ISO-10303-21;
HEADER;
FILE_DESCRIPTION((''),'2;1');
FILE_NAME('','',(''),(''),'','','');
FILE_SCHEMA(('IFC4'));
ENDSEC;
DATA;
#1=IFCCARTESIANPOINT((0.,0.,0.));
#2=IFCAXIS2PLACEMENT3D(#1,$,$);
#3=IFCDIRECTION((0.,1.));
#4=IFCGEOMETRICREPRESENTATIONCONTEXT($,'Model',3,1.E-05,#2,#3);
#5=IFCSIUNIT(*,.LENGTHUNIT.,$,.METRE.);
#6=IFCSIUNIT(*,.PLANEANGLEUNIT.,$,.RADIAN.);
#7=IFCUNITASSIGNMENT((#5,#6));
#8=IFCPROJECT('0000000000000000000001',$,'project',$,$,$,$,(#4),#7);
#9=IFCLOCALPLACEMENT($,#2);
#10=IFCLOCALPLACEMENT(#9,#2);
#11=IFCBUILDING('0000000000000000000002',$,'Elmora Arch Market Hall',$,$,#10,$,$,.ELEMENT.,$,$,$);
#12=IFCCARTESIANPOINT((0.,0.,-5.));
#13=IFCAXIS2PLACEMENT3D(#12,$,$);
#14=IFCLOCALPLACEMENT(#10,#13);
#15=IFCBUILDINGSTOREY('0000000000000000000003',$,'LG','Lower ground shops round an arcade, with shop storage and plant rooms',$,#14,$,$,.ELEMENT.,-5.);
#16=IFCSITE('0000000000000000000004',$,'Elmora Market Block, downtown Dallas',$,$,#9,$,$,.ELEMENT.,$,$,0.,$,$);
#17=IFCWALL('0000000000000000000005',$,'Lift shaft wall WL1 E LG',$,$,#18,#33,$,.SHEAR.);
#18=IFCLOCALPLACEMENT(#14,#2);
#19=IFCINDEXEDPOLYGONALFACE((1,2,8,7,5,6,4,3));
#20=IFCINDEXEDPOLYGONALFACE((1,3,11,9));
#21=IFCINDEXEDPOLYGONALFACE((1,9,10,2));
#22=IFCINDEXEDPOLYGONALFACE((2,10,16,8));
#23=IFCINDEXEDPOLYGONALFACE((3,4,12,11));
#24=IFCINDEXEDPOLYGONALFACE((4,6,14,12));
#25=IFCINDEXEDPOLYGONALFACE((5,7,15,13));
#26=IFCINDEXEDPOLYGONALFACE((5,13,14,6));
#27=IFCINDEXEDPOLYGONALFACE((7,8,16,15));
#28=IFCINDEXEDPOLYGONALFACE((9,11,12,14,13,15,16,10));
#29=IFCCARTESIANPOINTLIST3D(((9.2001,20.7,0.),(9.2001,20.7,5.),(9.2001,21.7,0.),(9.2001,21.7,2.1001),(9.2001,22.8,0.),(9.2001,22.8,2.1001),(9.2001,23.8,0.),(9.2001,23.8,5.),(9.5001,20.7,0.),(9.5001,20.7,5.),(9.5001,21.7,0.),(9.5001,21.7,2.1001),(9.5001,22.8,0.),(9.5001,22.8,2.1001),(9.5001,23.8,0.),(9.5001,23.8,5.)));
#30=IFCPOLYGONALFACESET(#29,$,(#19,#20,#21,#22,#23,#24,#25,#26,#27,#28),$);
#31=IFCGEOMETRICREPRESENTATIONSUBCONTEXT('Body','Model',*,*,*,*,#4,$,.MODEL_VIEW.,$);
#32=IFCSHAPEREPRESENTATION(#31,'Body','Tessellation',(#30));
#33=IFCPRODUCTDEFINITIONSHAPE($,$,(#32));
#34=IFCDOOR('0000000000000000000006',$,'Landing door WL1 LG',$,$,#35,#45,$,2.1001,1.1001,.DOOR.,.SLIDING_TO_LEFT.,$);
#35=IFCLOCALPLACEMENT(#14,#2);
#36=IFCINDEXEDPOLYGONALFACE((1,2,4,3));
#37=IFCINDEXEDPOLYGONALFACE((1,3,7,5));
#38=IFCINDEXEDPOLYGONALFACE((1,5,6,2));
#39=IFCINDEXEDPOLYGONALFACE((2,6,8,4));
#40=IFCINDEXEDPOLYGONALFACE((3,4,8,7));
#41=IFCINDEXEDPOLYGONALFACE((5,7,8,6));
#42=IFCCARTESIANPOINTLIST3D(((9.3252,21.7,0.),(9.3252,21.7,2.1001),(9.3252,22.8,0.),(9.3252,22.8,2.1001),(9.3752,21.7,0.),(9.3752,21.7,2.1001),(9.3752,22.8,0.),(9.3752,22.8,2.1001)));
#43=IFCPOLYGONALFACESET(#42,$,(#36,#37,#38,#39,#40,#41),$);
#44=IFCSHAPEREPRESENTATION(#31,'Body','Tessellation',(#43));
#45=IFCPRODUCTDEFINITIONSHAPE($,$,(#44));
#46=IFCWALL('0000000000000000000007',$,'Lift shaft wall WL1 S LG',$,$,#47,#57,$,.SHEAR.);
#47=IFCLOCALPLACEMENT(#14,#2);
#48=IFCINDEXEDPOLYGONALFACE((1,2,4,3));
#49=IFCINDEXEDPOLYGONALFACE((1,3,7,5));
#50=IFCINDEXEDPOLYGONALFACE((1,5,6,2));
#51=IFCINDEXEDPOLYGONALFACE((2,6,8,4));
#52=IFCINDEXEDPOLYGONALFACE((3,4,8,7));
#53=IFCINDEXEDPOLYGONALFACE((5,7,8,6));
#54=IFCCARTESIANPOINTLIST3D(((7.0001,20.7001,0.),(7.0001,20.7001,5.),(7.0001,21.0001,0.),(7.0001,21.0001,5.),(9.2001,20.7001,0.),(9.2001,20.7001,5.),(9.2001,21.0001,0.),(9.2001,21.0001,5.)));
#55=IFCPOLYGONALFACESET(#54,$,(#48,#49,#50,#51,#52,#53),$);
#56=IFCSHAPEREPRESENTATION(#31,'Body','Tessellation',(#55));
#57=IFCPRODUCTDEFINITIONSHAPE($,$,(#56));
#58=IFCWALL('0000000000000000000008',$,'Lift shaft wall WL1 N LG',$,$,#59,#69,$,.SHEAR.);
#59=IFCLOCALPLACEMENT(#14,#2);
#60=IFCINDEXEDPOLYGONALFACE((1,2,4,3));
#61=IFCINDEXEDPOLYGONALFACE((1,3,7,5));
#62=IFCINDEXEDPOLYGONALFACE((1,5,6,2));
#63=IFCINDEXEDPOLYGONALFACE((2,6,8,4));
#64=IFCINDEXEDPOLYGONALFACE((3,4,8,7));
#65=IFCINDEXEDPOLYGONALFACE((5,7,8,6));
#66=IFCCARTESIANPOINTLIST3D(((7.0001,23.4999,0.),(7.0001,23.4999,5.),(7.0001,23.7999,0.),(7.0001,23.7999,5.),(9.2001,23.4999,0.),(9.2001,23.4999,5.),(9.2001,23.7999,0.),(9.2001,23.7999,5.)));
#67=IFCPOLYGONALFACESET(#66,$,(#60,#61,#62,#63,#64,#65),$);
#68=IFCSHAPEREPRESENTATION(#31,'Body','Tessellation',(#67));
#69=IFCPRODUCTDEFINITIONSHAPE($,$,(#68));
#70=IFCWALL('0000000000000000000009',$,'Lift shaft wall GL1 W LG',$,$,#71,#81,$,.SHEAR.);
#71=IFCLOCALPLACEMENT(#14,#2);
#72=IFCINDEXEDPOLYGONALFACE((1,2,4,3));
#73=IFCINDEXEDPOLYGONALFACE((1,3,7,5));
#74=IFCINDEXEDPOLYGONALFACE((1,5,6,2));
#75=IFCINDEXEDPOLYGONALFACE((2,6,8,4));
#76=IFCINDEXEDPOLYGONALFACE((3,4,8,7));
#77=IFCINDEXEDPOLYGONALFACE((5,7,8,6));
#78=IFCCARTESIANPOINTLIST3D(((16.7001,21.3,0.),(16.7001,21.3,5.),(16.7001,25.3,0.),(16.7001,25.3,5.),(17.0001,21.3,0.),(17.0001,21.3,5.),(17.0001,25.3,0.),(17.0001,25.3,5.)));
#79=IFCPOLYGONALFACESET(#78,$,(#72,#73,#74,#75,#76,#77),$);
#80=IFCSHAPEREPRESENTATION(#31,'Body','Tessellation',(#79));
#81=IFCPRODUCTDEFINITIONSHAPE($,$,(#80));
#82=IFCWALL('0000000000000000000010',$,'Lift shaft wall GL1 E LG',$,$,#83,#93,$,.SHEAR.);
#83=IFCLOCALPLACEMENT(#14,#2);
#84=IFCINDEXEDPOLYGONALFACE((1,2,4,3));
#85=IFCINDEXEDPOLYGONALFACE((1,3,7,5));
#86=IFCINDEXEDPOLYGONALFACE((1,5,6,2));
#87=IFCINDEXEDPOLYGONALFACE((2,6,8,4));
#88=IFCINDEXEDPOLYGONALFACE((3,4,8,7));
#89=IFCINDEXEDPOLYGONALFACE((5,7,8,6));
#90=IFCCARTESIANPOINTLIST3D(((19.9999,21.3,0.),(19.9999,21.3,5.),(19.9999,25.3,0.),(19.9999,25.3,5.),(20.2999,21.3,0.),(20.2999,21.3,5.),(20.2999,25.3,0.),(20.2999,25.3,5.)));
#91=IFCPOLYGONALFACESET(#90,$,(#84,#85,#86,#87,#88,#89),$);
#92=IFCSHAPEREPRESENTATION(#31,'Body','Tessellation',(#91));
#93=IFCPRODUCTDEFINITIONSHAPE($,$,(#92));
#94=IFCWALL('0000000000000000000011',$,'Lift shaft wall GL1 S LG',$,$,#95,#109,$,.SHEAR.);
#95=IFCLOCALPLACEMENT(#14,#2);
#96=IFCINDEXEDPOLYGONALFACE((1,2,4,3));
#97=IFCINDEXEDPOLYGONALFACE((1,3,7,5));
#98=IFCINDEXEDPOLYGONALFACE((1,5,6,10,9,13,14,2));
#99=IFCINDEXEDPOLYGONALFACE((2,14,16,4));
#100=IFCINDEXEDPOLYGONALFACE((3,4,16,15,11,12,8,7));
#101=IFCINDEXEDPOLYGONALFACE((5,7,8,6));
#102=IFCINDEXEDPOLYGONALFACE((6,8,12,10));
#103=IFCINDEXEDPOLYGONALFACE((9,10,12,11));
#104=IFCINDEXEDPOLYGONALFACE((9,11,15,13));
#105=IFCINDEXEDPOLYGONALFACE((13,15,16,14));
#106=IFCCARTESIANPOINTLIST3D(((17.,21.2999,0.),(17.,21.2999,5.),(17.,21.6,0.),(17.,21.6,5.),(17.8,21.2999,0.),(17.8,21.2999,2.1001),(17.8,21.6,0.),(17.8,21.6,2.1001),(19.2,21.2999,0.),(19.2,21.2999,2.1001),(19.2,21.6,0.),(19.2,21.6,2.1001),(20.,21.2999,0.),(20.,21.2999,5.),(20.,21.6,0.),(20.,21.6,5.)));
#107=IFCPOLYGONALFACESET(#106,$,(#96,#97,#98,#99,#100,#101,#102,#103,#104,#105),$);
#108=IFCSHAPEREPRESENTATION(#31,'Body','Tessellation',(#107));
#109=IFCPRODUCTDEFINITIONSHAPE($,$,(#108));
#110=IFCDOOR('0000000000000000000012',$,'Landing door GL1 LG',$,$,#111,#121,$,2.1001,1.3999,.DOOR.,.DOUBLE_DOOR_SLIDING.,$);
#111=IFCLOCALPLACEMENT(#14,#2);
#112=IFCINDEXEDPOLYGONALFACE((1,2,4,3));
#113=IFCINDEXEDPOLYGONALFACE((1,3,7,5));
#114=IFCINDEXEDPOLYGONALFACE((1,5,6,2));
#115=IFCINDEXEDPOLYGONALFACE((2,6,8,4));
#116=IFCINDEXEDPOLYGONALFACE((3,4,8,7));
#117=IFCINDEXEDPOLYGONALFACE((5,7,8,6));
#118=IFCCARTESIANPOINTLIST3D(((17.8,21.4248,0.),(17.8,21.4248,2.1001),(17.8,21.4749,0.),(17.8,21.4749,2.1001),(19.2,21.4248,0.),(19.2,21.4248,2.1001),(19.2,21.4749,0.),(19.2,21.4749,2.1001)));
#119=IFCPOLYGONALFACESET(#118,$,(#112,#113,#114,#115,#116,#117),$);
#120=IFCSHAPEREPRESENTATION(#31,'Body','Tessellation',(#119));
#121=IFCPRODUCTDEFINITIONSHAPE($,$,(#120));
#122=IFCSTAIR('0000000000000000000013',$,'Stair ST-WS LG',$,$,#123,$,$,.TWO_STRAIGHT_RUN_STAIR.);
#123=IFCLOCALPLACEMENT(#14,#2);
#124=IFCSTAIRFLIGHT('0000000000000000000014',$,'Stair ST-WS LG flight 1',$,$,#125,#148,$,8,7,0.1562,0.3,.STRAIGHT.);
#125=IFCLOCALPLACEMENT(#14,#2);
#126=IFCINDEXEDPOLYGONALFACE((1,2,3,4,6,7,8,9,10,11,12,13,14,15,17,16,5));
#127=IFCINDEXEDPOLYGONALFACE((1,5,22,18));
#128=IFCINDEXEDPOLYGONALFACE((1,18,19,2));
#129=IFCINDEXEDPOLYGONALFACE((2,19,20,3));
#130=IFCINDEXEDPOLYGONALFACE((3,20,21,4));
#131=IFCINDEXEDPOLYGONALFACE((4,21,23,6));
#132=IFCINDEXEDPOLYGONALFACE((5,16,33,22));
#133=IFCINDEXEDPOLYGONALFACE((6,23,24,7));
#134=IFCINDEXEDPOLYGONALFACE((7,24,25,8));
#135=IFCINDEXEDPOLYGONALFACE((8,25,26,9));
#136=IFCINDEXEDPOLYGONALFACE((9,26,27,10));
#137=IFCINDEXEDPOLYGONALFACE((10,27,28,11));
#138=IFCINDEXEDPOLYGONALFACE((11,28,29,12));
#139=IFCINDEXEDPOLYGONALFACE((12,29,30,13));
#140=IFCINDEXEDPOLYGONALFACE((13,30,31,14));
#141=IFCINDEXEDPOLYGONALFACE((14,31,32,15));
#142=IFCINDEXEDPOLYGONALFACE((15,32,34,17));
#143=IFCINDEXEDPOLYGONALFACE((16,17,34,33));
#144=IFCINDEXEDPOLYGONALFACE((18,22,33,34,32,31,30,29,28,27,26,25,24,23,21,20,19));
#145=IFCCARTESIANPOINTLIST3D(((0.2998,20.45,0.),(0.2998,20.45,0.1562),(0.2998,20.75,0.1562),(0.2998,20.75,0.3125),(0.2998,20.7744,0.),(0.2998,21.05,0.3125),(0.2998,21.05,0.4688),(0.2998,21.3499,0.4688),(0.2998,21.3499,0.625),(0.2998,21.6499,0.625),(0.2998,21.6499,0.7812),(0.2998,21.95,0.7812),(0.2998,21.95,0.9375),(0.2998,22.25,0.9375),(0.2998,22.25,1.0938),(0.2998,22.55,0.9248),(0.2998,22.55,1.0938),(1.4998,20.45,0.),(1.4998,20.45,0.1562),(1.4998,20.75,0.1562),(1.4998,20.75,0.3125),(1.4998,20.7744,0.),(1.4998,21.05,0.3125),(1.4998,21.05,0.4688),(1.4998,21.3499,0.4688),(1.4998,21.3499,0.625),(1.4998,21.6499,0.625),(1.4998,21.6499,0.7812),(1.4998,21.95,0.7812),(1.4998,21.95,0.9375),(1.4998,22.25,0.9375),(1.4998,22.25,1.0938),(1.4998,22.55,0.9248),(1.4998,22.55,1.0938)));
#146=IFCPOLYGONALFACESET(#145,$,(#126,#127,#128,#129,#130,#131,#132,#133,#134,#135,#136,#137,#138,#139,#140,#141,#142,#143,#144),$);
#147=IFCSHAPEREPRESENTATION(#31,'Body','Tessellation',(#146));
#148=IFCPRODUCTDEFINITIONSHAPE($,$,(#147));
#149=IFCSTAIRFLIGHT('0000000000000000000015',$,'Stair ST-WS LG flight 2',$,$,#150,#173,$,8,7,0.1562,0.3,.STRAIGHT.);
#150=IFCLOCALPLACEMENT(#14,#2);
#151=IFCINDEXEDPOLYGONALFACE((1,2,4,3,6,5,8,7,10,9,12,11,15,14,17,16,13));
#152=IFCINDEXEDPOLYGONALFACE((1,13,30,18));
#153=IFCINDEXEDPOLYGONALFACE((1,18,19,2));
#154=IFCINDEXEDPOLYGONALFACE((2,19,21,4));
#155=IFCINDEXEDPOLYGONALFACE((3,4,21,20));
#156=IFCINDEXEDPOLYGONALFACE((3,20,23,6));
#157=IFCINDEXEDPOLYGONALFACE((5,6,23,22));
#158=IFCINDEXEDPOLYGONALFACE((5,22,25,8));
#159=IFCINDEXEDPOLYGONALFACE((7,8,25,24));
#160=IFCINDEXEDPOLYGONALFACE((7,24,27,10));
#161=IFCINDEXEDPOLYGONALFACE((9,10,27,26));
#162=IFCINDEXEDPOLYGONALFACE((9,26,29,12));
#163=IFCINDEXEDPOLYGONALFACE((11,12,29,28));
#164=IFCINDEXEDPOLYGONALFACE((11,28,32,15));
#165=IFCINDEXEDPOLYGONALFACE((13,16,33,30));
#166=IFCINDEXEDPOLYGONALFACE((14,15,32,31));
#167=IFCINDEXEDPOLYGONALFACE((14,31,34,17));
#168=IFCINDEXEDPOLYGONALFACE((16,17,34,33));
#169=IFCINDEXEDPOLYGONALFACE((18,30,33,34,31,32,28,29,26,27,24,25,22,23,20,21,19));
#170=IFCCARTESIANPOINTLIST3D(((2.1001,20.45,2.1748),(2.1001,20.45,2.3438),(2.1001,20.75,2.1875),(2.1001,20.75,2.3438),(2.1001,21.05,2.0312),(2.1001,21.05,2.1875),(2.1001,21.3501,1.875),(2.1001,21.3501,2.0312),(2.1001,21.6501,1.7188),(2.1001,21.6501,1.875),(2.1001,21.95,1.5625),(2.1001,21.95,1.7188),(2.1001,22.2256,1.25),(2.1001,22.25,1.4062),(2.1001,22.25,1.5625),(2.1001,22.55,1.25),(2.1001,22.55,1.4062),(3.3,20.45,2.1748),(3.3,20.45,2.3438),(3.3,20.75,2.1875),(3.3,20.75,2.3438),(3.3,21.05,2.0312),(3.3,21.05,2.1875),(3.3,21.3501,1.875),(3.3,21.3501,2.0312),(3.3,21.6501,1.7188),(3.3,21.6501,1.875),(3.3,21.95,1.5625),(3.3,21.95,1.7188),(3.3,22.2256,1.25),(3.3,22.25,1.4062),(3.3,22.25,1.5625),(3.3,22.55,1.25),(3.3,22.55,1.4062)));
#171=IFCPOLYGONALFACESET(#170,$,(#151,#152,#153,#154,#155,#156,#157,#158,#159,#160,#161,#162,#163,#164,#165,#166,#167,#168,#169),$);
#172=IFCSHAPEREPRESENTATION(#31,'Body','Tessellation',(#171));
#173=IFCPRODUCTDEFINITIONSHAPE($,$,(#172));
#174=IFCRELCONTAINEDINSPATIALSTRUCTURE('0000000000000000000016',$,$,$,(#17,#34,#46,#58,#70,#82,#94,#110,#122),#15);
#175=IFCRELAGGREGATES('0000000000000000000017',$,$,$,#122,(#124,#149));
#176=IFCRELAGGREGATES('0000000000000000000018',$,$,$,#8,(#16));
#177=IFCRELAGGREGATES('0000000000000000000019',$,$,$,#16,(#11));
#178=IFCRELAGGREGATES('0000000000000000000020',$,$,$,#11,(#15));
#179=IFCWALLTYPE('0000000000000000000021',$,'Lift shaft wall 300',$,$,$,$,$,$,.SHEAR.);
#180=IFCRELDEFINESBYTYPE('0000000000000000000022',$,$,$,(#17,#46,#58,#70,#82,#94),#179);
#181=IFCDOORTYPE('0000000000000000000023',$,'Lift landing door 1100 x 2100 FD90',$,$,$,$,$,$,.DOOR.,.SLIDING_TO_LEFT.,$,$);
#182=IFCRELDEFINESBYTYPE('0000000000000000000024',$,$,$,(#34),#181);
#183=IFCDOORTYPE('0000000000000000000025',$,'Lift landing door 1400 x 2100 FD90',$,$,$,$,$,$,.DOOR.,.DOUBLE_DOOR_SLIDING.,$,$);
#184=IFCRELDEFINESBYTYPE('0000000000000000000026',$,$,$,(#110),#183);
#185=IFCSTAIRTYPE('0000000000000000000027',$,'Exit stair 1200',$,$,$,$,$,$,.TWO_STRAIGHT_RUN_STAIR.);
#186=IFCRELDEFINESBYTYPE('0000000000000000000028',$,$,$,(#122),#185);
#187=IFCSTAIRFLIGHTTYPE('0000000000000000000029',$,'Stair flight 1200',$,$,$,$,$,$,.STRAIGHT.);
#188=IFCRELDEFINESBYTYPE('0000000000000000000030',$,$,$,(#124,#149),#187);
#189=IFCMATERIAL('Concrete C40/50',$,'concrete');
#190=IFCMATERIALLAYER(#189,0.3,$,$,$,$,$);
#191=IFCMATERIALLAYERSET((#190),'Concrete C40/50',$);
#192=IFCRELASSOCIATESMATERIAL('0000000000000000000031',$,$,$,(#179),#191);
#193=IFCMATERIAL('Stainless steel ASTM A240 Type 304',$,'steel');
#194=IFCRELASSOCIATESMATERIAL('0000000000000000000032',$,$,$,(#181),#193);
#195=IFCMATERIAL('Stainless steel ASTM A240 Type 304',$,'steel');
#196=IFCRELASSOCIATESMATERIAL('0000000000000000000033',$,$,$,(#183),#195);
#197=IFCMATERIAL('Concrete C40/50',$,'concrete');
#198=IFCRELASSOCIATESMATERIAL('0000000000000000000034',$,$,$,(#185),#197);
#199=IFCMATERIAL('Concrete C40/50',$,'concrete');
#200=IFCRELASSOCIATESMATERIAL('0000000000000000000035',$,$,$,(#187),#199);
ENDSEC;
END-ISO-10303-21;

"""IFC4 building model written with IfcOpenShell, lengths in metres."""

from ifc_helpers import new_model, si_unit, direction, frame, frame_2d, origin, place, context, subcontext, project, spatial, polyline, rectangle, outline, extrude, material, layer, layer_set, type_object, element, fill, aggregate, save


model = new_model("IFC4")

# Units and contexts
model_context = context("Model", 3, precision=1e-05, world=origin(), true_north=direction((0.0, 1.0)))
body_context = subcontext(model_context, "Body", "Model", "MODEL_VIEW")
ifc_project = project(units=[si_unit("LENGTHUNIT", "METRE"), si_unit("PLANEANGLEUNIT", "RADIAN")], contexts=[model_context])

# Site, building, storey
site_placement = place(None, origin())
site = spatial("IfcSite", under=ifc_project, at=site_placement, Name="Elmora Market Block, downtown Dallas", CompositionType="ELEMENT", RefElevation=0.0)
building_placement = place(site_placement, origin())
building = spatial("IfcBuilding", under=site, at=building_placement, Name="Elmora Arch Market Hall", CompositionType="ELEMENT")
storey_placement = place(building_placement, frame((0.0, 0.0, -5.0)))
storey = spatial("IfcBuildingStorey", under=building, at=storey_placement, Name="LG", Description="Lower ground shops round an arcade, with shop storage and plant rooms", CompositionType="ELEMENT", Elevation=-5.0)

# Shared definitions
ifc_material_1 = material(Name="Concrete C40/50", Category="concrete")
ifc_layer_1 = layer(ifc_material_1, 0.3)
ifc_layer_set_1 = layer_set([ifc_layer_1], Name="Concrete C40/50")
wall_type_1 = type_object("IfcWallType", Name="Lift shaft wall 300", PredefinedType="SHEAR", material=ifc_layer_set_1)

# Wall, opening, door
wall_1_placement = place(storey_placement, frame((9.3501, 20.7, 0.0), z_axis=(0.0, 0.0, 1.0), x_axis=(0.0, 1.0, 0.0)))
wall_1 = element("IfcWall", 1, at=wall_1_placement, inside=storey, type_object=wall_type_1, Name="Lift shaft wall WL1 E LG", PredefinedType="SHEAR", context=body_context, shape_type="SweptSolid", body=[
    extrude(rectangle(XDim=3.1001, YDim=0.3, at=frame_2d((1.55, 0.0))), origin(), (0.0, 0.0, 1.0), 5.0),
])
opening_1_placement = place(wall_1_placement, frame((1.0, 0.0, 0.0)))
opening_1 = element("IfcOpeningElement", 2, at=opening_1_placement, cuts=wall_1, PredefinedType="OPENING", context=body_context, shape_type="SweptSolid", body=[
    extrude(rectangle(XDim=1.1001, YDim=2.1001, at=frame_2d((0.55, 1.05))), frame((0.0, 0.1599, 0.0), z_axis=(0.0, -1.0, 0.0), x_axis=(1.0, 0.0, 0.0)), (0.0, 0.0, 1.0), 0.3201),
])
ifc_material_2 = material(Name="Stainless steel ASTM A240 Type 304", Category="steel")
door_type_1 = type_object("IfcDoorType", Name="Lift landing door 1100 x 2100 FD90", OperationType="SLIDING_TO_LEFT", PredefinedType="DOOR", material=ifc_material_2)
door_1_placement = place(opening_1_placement, origin())
door_1 = element("IfcDoor", 3, at=door_1_placement, inside=storey, type_object=door_type_1, Name="Landing door WL1 LG", OperationType="SLIDING_TO_LEFT", OverallHeight=2.1001, OverallWidth=1.1001, PredefinedType="DOOR", context=body_context, shape_type="SweptSolid", body=[
    extrude(rectangle(XDim=1.1001, YDim=2.1001, at=frame_2d((0.55, 1.05))), frame((0.0, 0.0249, 0.0), z_axis=(0.0, -1.0, 0.0), x_axis=(1.0, 0.0, 0.0)), (0.0, 0.0, 1.0), 0.05),
])
fill(opening_1, door_1)

# Walls
for number, where, z_axis, x_axis, name in (
    (4, (7.0, 20.8501, 0.0), (0.0, 0.0, 1.0), (1.0, 0.0, 0.0), "Lift shaft wall WL1 S LG"),
    (5, (7.0, 23.6499, 0.0), (0.0, 0.0, 1.0), (1.0, 0.0, 0.0), "Lift shaft wall WL1 N LG"),
):
    element("IfcWall", number, at=place(storey_placement, frame(where, z_axis=z_axis, x_axis=x_axis)), inside=storey, type_object=wall_type_1, Name=name, PredefinedType="SHEAR", context=body_context, shape_type="SweptSolid", body=[
        extrude(rectangle(XDim=2.2, YDim=0.3, at=frame_2d((1.1001, 0.0))), origin(), (0.0, 0.0, 1.0), 5.0),
    ])
for number, where, z_axis, x_axis, name in (
    (6, (16.8501, 21.3, 0.0), (0.0, 0.0, 1.0), (0.0, 1.0, 0.0), "Lift shaft wall GL1 W LG"),
    (7, (20.1499, 21.3, 0.0), (0.0, 0.0, 1.0), (0.0, 1.0, 0.0), "Lift shaft wall GL1 E LG"),
):
    element("IfcWall", number, at=place(storey_placement, frame(where, z_axis=z_axis, x_axis=x_axis)), inside=storey, type_object=wall_type_1, Name=name, PredefinedType="SHEAR", context=body_context, shape_type="SweptSolid", body=[
        extrude(rectangle(XDim=4.0, YDim=0.3, at=frame_2d((2.0, 0.0))), origin(), (0.0, 0.0, 1.0), 5.0),
    ])

# Wall, opening, door
wall_2_placement = place(storey_placement, frame((17.0, 21.45, 0.0), z_axis=(0.0, 0.0, 1.0), x_axis=(1.0, 0.0, 0.0)))
wall_2 = element("IfcWall", 8, at=wall_2_placement, inside=storey, type_object=wall_type_1, Name="Lift shaft wall GL1 S LG", PredefinedType="SHEAR", context=body_context, shape_type="SweptSolid", body=[
    extrude(rectangle(XDim=3.0, YDim=0.3, at=frame_2d((1.5, 0.0))), origin(), (0.0, 0.0, 1.0), 5.0),
])
opening_2_placement = place(wall_2_placement, frame((0.8, 0.0, 0.0)))
opening_2 = element("IfcOpeningElement", 9, at=opening_2_placement, cuts=wall_2, PredefinedType="OPENING", context=body_context, shape_type="SweptSolid", body=[
    extrude(rectangle(XDim=1.3999, YDim=2.1001, at=frame_2d((0.7, 1.05))), frame((0.0, 0.1599, 0.0), z_axis=(0.0, -1.0, 0.0), x_axis=(1.0, 0.0, 0.0)), (0.0, 0.0, 1.0), 0.3201),
])
ifc_material_3 = material(Name="Stainless steel ASTM A240 Type 304", Category="steel")
door_type_2 = type_object("IfcDoorType", Name="Lift landing door 1400 x 2100 FD90", OperationType="DOUBLE_DOOR_SLIDING", PredefinedType="DOOR", material=ifc_material_3)
door_2_placement = place(opening_2_placement, origin())
door_2 = element("IfcDoor", 10, at=door_2_placement, inside=storey, type_object=door_type_2, Name="Landing door GL1 LG", OperationType="DOUBLE_DOOR_SLIDING", OverallHeight=2.1001, OverallWidth=1.3999, PredefinedType="DOOR", context=body_context, shape_type="SweptSolid", body=[
    extrude(rectangle(XDim=1.3999, YDim=2.1001, at=frame_2d((0.7, 1.05))), frame((0.0, 0.0249, 0.0), z_axis=(0.0, -1.0, 0.0), x_axis=(1.0, 0.0, 0.0)), (0.0, 0.0, 1.0), 0.05),
])
fill(opening_2, door_2)

# Stair, stair flights
ifc_material_4 = material(Name="Concrete C40/50", Category="concrete")
stair_type = type_object("IfcStairType", Name="Exit stair 1200", PredefinedType="TWO_STRAIGHT_RUN_STAIR", material=ifc_material_4)
stair_placement = place(storey_placement, origin())
stair = element("IfcStair", 11, at=stair_placement, inside=storey, type_object=stair_type, Name="Stair ST-WS LG", PredefinedType="TWO_STRAIGHT_RUN_STAIR")
ifc_material_5 = material(Name="Concrete C40/50", Category="concrete")
stair_flight_type = type_object("IfcStairFlightType", Name="Stair flight 1200", PredefinedType="STRAIGHT", material=ifc_material_5)
stair_flight_1_placement = place(storey_placement, frame((0.8999, 20.45, 0.0), z_axis=(0.0, 0.0, 1.0), x_axis=(0.0, 1.0, 0.0)))
stair_flight_1 = element("IfcStairFlight", 12, at=stair_flight_1_placement, type_object=stair_flight_type, Name="Stair ST-WS LG flight 1", NumberOfRisers=8, NumberOfTreads=7, PredefinedType="STRAIGHT", RiserHeight=0.1562, TreadLength=0.3, context=body_context, shape_type="SweptSolid", body=[
    extrude(outline(polyline([(0.0, 0.0), (0.0, 0.1562), (0.3, 0.1562), (0.3, 0.3125), (0.6001, 0.3125), (0.6001, 0.4688), (0.8999, 0.4688), (0.8999, 0.625), (1.2, 0.625), (1.2, 0.7812), (1.5, 0.7812), (1.5, 0.9375), (1.8, 0.9375), (1.8, 1.0938), (2.1001, 1.0938), (2.1001, 1.25), (2.1001, 0.9248), (0.3245, 0.0), (0.0, 0.0)])), frame((0.0, 0.6001, 0.0), z_axis=(0.0, -1.0, 0.0), x_axis=(1.0, 0.0, 0.0)), (0.0, 0.0, 1.0), 1.2),
])
stair_flight_2_placement = place(storey_placement, frame((2.7, 22.55, 1.25), z_axis=(0.0, 0.0, 1.0), x_axis=(0.0, -1.0, 0.0)))
stair_flight_2 = element("IfcStairFlight", 13, at=stair_flight_2_placement, type_object=stair_flight_type, Name="Stair ST-WS LG flight 2", NumberOfRisers=8, NumberOfTreads=7, PredefinedType="STRAIGHT", RiserHeight=0.1562, TreadLength=0.3, context=body_context, shape_type="SweptSolid", body=[
    extrude(outline(polyline([(0.0, 0.0), (0.0, 0.1562), (0.3, 0.1562), (0.3, 0.3125), (0.6001, 0.3125), (0.6001, 0.4688), (0.8999, 0.4688), (0.8999, 0.625), (1.2, 0.625), (1.2, 0.7812), (1.5, 0.7812), (1.5, 0.9375), (1.8, 0.9375), (1.8, 1.0938), (2.1001, 1.0938), (2.1001, 1.25), (2.1001, 0.9248), (0.3245, 0.0), (0.0, 0.0)])), frame((0.0, 0.6001, 0.0), z_axis=(0.0, -1.0, 0.0), x_axis=(1.0, 0.0, 0.0)), (0.0, 0.0, 1.0), 1.2),
])
aggregate(stair, [stair_flight_1, stair_flight_2])

save(model, "model.ifc")
